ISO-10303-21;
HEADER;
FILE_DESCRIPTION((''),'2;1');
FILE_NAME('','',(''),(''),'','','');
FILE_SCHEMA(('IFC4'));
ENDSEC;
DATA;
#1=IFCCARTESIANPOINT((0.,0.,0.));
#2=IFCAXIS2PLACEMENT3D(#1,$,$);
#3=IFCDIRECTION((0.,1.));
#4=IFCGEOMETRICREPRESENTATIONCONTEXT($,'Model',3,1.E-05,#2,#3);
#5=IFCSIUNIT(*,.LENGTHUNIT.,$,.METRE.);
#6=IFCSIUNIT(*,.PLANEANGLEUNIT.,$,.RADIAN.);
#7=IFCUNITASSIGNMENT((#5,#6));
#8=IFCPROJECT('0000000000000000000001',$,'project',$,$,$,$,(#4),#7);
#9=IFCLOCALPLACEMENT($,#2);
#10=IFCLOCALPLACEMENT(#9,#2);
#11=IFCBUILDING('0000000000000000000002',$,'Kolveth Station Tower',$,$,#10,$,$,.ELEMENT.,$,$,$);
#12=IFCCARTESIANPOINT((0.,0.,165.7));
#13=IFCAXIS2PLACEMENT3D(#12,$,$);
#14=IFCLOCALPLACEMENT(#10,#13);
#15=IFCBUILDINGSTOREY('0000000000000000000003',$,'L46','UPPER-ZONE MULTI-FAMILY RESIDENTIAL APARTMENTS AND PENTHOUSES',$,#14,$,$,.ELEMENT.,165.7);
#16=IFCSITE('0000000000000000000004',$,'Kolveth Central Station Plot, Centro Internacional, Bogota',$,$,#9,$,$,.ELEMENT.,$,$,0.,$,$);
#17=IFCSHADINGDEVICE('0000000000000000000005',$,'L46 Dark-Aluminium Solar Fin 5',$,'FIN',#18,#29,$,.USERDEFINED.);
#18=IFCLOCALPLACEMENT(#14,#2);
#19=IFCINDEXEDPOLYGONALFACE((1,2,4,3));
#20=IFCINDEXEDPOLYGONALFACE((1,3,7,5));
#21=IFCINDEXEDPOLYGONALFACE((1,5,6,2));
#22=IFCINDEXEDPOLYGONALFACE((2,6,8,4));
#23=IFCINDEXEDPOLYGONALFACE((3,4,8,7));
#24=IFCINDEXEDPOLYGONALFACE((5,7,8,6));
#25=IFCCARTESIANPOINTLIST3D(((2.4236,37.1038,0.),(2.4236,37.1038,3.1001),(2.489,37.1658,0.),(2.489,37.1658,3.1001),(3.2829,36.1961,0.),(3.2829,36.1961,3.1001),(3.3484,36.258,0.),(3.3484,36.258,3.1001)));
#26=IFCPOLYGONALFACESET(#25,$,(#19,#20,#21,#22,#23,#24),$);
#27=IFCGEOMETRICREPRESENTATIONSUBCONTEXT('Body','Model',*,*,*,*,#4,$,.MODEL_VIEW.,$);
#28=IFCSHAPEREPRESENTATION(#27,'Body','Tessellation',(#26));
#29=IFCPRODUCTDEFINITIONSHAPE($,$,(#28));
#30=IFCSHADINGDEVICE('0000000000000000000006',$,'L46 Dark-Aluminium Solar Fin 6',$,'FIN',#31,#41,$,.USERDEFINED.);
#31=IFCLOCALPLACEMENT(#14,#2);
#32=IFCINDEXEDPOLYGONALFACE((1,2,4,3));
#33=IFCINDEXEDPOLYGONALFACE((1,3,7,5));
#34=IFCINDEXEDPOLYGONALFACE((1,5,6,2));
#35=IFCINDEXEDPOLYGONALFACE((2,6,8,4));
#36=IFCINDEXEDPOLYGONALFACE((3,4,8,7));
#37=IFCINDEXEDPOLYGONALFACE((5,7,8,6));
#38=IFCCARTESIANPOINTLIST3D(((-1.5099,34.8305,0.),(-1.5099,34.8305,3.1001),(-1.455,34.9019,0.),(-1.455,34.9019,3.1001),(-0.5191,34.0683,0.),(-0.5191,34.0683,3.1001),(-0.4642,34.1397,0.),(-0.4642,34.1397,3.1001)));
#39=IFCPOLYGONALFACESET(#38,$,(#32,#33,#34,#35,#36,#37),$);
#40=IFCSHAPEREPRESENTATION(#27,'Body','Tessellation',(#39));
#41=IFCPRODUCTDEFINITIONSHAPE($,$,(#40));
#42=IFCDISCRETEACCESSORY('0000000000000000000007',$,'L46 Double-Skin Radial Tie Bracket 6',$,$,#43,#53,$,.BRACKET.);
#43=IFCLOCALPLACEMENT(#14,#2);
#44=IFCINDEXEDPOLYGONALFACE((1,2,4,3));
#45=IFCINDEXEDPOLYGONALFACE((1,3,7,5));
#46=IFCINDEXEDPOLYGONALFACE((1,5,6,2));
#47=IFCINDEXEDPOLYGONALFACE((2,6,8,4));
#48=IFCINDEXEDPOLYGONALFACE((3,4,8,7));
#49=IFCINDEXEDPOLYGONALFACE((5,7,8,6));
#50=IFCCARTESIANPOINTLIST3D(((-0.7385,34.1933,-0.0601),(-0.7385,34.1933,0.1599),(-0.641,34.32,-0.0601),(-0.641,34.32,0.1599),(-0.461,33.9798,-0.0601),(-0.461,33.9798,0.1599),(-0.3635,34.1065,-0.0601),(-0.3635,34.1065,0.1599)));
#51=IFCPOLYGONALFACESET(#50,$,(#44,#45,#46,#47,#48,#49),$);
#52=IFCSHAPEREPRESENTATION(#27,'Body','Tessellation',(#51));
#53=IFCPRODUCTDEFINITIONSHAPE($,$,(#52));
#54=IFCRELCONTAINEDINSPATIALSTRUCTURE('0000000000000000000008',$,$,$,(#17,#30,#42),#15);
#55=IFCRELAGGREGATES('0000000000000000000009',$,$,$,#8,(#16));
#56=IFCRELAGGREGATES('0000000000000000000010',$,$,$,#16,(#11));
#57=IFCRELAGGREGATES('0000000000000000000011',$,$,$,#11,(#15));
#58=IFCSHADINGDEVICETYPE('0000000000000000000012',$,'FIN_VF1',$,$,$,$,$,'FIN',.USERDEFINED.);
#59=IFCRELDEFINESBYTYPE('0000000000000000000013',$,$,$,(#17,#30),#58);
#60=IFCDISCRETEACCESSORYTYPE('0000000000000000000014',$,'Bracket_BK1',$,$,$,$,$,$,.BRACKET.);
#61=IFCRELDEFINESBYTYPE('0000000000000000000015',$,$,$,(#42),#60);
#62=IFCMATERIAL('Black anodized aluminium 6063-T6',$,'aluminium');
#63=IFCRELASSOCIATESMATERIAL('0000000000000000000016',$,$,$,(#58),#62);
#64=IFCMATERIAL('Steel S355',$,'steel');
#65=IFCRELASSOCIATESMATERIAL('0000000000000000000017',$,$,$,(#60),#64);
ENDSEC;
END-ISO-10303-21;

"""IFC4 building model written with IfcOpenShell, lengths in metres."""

from ifc_helpers import new_model, si_unit, direction, frame, origin, origin_2d, place, context, subcontext, project, spatial, rectangle, extrude, source, transform, mapped, material, type_object, element, save


model = new_model("IFC4")

# Units and contexts
model_context = context("Model", 3, precision=1e-05, world=origin(), true_north=direction((0.0, 1.0)))
body_context = subcontext(model_context, "Body", "Model", "MODEL_VIEW")
ifc_project = project(units=[si_unit("LENGTHUNIT", "METRE"), si_unit("PLANEANGLEUNIT", "RADIAN")], contexts=[model_context])

# Site, building, storey
site_placement = place(None, origin())
site = spatial("IfcSite", under=ifc_project, at=site_placement, Name="Kolveth Central Station Plot, Centro Internacional, Bogota", CompositionType="ELEMENT", RefElevation=0.0)
building_placement = place(site_placement, origin())
building = spatial("IfcBuilding", under=site, at=building_placement, Name="Kolveth Station Tower", CompositionType="ELEMENT")
storey_placement = place(building_placement, frame((0.0, 0.0, 165.7)))
storey = spatial("IfcBuildingStorey", under=building, at=storey_placement, Name="L46", Description="UPPER-ZONE MULTI-FAMILY RESIDENTIAL APARTMENTS AND PENTHOUSES", CompositionType="ELEMENT", Elevation=165.7)

# Shared definitions
ifc_material_1 = material(Name="Black anodized aluminium 6063-T6", Category="aluminium")

# Shading devices
shading_device_type = type_object("IfcShadingDeviceType", Name="FIN_VF1", ElementType="FIN", PredefinedType="USERDEFINED", material=ifc_material_1)
shared_shape_1 = source(origin(), body_context, "Body", "SweptSolid", [
    extrude(rectangle(XDim=1.25, YDim=0.0901, at=origin_2d()), origin(), (0.0, 0.0, 1.0), 3.1001),
])
for number, where, z_axis, x_axis, name in (
    (1, (2.886, 36.6809, 0.0), (0.0, 0.0, 1.0), (-0.687468, 0.726215, 0.0), "L46 Dark-Aluminium Solar Fin 5"),
    (2, (-0.9871, 34.4851, 0.0), (0.0, 0.0, 1.0), (-0.792609, 0.60973, 0.0), "L46 Dark-Aluminium Solar Fin 6"),
):
    element("IfcShadingDevice", number, at=place(storey_placement, frame(where, z_axis=z_axis, x_axis=x_axis)), inside=storey, type_object=shading_device_type, Name=name, ObjectType="FIN", PredefinedType="USERDEFINED", context=body_context, shape_type="MappedRepresentation", body=[
        mapped(shared_shape_1, transform((0.0, 0.0, 0.0), x_axis=(1.0, 0.0, 0.0), y_axis=(0.0, 1.0, 0.0), z_axis=(0.0, 0.0, 1.0), scale=1.0)),
    ])

# Discrete accessory
ifc_material_2 = material(Name="Steel S355", Category="steel")
discrete_accessory_type = type_object("IfcDiscreteAccessoryType", Name="Bracket_BK1", PredefinedType="BRACKET", material=ifc_material_2)
shared_shape_2 = source(origin(), body_context, "Body", "SweptSolid", [
    extrude(rectangle(XDim=0.3501, YDim=0.1599, at=origin_2d()), origin(), (0.0, 0.0, 1.0), 0.22),
])
discrete_accessory_placement = place(storey_placement, frame((-0.551, 34.1499, -0.0601), z_axis=(0.0, 0.0, 1.0), x_axis=(-0.792609, 0.60973, 0.0)))
element("IfcDiscreteAccessory", 3, at=discrete_accessory_placement, inside=storey, type_object=discrete_accessory_type, Name="L46 Double-Skin Radial Tie Bracket 6", PredefinedType="BRACKET", context=body_context, shape_type="MappedRepresentation", body=[
    mapped(shared_shape_2, transform((0.0, 0.0, 0.0), x_axis=(1.0, 0.0, 0.0), y_axis=(0.0, 1.0, 0.0), z_axis=(0.0, 0.0, 1.0), scale=1.0)),
])

save(model, "model.ifc")
